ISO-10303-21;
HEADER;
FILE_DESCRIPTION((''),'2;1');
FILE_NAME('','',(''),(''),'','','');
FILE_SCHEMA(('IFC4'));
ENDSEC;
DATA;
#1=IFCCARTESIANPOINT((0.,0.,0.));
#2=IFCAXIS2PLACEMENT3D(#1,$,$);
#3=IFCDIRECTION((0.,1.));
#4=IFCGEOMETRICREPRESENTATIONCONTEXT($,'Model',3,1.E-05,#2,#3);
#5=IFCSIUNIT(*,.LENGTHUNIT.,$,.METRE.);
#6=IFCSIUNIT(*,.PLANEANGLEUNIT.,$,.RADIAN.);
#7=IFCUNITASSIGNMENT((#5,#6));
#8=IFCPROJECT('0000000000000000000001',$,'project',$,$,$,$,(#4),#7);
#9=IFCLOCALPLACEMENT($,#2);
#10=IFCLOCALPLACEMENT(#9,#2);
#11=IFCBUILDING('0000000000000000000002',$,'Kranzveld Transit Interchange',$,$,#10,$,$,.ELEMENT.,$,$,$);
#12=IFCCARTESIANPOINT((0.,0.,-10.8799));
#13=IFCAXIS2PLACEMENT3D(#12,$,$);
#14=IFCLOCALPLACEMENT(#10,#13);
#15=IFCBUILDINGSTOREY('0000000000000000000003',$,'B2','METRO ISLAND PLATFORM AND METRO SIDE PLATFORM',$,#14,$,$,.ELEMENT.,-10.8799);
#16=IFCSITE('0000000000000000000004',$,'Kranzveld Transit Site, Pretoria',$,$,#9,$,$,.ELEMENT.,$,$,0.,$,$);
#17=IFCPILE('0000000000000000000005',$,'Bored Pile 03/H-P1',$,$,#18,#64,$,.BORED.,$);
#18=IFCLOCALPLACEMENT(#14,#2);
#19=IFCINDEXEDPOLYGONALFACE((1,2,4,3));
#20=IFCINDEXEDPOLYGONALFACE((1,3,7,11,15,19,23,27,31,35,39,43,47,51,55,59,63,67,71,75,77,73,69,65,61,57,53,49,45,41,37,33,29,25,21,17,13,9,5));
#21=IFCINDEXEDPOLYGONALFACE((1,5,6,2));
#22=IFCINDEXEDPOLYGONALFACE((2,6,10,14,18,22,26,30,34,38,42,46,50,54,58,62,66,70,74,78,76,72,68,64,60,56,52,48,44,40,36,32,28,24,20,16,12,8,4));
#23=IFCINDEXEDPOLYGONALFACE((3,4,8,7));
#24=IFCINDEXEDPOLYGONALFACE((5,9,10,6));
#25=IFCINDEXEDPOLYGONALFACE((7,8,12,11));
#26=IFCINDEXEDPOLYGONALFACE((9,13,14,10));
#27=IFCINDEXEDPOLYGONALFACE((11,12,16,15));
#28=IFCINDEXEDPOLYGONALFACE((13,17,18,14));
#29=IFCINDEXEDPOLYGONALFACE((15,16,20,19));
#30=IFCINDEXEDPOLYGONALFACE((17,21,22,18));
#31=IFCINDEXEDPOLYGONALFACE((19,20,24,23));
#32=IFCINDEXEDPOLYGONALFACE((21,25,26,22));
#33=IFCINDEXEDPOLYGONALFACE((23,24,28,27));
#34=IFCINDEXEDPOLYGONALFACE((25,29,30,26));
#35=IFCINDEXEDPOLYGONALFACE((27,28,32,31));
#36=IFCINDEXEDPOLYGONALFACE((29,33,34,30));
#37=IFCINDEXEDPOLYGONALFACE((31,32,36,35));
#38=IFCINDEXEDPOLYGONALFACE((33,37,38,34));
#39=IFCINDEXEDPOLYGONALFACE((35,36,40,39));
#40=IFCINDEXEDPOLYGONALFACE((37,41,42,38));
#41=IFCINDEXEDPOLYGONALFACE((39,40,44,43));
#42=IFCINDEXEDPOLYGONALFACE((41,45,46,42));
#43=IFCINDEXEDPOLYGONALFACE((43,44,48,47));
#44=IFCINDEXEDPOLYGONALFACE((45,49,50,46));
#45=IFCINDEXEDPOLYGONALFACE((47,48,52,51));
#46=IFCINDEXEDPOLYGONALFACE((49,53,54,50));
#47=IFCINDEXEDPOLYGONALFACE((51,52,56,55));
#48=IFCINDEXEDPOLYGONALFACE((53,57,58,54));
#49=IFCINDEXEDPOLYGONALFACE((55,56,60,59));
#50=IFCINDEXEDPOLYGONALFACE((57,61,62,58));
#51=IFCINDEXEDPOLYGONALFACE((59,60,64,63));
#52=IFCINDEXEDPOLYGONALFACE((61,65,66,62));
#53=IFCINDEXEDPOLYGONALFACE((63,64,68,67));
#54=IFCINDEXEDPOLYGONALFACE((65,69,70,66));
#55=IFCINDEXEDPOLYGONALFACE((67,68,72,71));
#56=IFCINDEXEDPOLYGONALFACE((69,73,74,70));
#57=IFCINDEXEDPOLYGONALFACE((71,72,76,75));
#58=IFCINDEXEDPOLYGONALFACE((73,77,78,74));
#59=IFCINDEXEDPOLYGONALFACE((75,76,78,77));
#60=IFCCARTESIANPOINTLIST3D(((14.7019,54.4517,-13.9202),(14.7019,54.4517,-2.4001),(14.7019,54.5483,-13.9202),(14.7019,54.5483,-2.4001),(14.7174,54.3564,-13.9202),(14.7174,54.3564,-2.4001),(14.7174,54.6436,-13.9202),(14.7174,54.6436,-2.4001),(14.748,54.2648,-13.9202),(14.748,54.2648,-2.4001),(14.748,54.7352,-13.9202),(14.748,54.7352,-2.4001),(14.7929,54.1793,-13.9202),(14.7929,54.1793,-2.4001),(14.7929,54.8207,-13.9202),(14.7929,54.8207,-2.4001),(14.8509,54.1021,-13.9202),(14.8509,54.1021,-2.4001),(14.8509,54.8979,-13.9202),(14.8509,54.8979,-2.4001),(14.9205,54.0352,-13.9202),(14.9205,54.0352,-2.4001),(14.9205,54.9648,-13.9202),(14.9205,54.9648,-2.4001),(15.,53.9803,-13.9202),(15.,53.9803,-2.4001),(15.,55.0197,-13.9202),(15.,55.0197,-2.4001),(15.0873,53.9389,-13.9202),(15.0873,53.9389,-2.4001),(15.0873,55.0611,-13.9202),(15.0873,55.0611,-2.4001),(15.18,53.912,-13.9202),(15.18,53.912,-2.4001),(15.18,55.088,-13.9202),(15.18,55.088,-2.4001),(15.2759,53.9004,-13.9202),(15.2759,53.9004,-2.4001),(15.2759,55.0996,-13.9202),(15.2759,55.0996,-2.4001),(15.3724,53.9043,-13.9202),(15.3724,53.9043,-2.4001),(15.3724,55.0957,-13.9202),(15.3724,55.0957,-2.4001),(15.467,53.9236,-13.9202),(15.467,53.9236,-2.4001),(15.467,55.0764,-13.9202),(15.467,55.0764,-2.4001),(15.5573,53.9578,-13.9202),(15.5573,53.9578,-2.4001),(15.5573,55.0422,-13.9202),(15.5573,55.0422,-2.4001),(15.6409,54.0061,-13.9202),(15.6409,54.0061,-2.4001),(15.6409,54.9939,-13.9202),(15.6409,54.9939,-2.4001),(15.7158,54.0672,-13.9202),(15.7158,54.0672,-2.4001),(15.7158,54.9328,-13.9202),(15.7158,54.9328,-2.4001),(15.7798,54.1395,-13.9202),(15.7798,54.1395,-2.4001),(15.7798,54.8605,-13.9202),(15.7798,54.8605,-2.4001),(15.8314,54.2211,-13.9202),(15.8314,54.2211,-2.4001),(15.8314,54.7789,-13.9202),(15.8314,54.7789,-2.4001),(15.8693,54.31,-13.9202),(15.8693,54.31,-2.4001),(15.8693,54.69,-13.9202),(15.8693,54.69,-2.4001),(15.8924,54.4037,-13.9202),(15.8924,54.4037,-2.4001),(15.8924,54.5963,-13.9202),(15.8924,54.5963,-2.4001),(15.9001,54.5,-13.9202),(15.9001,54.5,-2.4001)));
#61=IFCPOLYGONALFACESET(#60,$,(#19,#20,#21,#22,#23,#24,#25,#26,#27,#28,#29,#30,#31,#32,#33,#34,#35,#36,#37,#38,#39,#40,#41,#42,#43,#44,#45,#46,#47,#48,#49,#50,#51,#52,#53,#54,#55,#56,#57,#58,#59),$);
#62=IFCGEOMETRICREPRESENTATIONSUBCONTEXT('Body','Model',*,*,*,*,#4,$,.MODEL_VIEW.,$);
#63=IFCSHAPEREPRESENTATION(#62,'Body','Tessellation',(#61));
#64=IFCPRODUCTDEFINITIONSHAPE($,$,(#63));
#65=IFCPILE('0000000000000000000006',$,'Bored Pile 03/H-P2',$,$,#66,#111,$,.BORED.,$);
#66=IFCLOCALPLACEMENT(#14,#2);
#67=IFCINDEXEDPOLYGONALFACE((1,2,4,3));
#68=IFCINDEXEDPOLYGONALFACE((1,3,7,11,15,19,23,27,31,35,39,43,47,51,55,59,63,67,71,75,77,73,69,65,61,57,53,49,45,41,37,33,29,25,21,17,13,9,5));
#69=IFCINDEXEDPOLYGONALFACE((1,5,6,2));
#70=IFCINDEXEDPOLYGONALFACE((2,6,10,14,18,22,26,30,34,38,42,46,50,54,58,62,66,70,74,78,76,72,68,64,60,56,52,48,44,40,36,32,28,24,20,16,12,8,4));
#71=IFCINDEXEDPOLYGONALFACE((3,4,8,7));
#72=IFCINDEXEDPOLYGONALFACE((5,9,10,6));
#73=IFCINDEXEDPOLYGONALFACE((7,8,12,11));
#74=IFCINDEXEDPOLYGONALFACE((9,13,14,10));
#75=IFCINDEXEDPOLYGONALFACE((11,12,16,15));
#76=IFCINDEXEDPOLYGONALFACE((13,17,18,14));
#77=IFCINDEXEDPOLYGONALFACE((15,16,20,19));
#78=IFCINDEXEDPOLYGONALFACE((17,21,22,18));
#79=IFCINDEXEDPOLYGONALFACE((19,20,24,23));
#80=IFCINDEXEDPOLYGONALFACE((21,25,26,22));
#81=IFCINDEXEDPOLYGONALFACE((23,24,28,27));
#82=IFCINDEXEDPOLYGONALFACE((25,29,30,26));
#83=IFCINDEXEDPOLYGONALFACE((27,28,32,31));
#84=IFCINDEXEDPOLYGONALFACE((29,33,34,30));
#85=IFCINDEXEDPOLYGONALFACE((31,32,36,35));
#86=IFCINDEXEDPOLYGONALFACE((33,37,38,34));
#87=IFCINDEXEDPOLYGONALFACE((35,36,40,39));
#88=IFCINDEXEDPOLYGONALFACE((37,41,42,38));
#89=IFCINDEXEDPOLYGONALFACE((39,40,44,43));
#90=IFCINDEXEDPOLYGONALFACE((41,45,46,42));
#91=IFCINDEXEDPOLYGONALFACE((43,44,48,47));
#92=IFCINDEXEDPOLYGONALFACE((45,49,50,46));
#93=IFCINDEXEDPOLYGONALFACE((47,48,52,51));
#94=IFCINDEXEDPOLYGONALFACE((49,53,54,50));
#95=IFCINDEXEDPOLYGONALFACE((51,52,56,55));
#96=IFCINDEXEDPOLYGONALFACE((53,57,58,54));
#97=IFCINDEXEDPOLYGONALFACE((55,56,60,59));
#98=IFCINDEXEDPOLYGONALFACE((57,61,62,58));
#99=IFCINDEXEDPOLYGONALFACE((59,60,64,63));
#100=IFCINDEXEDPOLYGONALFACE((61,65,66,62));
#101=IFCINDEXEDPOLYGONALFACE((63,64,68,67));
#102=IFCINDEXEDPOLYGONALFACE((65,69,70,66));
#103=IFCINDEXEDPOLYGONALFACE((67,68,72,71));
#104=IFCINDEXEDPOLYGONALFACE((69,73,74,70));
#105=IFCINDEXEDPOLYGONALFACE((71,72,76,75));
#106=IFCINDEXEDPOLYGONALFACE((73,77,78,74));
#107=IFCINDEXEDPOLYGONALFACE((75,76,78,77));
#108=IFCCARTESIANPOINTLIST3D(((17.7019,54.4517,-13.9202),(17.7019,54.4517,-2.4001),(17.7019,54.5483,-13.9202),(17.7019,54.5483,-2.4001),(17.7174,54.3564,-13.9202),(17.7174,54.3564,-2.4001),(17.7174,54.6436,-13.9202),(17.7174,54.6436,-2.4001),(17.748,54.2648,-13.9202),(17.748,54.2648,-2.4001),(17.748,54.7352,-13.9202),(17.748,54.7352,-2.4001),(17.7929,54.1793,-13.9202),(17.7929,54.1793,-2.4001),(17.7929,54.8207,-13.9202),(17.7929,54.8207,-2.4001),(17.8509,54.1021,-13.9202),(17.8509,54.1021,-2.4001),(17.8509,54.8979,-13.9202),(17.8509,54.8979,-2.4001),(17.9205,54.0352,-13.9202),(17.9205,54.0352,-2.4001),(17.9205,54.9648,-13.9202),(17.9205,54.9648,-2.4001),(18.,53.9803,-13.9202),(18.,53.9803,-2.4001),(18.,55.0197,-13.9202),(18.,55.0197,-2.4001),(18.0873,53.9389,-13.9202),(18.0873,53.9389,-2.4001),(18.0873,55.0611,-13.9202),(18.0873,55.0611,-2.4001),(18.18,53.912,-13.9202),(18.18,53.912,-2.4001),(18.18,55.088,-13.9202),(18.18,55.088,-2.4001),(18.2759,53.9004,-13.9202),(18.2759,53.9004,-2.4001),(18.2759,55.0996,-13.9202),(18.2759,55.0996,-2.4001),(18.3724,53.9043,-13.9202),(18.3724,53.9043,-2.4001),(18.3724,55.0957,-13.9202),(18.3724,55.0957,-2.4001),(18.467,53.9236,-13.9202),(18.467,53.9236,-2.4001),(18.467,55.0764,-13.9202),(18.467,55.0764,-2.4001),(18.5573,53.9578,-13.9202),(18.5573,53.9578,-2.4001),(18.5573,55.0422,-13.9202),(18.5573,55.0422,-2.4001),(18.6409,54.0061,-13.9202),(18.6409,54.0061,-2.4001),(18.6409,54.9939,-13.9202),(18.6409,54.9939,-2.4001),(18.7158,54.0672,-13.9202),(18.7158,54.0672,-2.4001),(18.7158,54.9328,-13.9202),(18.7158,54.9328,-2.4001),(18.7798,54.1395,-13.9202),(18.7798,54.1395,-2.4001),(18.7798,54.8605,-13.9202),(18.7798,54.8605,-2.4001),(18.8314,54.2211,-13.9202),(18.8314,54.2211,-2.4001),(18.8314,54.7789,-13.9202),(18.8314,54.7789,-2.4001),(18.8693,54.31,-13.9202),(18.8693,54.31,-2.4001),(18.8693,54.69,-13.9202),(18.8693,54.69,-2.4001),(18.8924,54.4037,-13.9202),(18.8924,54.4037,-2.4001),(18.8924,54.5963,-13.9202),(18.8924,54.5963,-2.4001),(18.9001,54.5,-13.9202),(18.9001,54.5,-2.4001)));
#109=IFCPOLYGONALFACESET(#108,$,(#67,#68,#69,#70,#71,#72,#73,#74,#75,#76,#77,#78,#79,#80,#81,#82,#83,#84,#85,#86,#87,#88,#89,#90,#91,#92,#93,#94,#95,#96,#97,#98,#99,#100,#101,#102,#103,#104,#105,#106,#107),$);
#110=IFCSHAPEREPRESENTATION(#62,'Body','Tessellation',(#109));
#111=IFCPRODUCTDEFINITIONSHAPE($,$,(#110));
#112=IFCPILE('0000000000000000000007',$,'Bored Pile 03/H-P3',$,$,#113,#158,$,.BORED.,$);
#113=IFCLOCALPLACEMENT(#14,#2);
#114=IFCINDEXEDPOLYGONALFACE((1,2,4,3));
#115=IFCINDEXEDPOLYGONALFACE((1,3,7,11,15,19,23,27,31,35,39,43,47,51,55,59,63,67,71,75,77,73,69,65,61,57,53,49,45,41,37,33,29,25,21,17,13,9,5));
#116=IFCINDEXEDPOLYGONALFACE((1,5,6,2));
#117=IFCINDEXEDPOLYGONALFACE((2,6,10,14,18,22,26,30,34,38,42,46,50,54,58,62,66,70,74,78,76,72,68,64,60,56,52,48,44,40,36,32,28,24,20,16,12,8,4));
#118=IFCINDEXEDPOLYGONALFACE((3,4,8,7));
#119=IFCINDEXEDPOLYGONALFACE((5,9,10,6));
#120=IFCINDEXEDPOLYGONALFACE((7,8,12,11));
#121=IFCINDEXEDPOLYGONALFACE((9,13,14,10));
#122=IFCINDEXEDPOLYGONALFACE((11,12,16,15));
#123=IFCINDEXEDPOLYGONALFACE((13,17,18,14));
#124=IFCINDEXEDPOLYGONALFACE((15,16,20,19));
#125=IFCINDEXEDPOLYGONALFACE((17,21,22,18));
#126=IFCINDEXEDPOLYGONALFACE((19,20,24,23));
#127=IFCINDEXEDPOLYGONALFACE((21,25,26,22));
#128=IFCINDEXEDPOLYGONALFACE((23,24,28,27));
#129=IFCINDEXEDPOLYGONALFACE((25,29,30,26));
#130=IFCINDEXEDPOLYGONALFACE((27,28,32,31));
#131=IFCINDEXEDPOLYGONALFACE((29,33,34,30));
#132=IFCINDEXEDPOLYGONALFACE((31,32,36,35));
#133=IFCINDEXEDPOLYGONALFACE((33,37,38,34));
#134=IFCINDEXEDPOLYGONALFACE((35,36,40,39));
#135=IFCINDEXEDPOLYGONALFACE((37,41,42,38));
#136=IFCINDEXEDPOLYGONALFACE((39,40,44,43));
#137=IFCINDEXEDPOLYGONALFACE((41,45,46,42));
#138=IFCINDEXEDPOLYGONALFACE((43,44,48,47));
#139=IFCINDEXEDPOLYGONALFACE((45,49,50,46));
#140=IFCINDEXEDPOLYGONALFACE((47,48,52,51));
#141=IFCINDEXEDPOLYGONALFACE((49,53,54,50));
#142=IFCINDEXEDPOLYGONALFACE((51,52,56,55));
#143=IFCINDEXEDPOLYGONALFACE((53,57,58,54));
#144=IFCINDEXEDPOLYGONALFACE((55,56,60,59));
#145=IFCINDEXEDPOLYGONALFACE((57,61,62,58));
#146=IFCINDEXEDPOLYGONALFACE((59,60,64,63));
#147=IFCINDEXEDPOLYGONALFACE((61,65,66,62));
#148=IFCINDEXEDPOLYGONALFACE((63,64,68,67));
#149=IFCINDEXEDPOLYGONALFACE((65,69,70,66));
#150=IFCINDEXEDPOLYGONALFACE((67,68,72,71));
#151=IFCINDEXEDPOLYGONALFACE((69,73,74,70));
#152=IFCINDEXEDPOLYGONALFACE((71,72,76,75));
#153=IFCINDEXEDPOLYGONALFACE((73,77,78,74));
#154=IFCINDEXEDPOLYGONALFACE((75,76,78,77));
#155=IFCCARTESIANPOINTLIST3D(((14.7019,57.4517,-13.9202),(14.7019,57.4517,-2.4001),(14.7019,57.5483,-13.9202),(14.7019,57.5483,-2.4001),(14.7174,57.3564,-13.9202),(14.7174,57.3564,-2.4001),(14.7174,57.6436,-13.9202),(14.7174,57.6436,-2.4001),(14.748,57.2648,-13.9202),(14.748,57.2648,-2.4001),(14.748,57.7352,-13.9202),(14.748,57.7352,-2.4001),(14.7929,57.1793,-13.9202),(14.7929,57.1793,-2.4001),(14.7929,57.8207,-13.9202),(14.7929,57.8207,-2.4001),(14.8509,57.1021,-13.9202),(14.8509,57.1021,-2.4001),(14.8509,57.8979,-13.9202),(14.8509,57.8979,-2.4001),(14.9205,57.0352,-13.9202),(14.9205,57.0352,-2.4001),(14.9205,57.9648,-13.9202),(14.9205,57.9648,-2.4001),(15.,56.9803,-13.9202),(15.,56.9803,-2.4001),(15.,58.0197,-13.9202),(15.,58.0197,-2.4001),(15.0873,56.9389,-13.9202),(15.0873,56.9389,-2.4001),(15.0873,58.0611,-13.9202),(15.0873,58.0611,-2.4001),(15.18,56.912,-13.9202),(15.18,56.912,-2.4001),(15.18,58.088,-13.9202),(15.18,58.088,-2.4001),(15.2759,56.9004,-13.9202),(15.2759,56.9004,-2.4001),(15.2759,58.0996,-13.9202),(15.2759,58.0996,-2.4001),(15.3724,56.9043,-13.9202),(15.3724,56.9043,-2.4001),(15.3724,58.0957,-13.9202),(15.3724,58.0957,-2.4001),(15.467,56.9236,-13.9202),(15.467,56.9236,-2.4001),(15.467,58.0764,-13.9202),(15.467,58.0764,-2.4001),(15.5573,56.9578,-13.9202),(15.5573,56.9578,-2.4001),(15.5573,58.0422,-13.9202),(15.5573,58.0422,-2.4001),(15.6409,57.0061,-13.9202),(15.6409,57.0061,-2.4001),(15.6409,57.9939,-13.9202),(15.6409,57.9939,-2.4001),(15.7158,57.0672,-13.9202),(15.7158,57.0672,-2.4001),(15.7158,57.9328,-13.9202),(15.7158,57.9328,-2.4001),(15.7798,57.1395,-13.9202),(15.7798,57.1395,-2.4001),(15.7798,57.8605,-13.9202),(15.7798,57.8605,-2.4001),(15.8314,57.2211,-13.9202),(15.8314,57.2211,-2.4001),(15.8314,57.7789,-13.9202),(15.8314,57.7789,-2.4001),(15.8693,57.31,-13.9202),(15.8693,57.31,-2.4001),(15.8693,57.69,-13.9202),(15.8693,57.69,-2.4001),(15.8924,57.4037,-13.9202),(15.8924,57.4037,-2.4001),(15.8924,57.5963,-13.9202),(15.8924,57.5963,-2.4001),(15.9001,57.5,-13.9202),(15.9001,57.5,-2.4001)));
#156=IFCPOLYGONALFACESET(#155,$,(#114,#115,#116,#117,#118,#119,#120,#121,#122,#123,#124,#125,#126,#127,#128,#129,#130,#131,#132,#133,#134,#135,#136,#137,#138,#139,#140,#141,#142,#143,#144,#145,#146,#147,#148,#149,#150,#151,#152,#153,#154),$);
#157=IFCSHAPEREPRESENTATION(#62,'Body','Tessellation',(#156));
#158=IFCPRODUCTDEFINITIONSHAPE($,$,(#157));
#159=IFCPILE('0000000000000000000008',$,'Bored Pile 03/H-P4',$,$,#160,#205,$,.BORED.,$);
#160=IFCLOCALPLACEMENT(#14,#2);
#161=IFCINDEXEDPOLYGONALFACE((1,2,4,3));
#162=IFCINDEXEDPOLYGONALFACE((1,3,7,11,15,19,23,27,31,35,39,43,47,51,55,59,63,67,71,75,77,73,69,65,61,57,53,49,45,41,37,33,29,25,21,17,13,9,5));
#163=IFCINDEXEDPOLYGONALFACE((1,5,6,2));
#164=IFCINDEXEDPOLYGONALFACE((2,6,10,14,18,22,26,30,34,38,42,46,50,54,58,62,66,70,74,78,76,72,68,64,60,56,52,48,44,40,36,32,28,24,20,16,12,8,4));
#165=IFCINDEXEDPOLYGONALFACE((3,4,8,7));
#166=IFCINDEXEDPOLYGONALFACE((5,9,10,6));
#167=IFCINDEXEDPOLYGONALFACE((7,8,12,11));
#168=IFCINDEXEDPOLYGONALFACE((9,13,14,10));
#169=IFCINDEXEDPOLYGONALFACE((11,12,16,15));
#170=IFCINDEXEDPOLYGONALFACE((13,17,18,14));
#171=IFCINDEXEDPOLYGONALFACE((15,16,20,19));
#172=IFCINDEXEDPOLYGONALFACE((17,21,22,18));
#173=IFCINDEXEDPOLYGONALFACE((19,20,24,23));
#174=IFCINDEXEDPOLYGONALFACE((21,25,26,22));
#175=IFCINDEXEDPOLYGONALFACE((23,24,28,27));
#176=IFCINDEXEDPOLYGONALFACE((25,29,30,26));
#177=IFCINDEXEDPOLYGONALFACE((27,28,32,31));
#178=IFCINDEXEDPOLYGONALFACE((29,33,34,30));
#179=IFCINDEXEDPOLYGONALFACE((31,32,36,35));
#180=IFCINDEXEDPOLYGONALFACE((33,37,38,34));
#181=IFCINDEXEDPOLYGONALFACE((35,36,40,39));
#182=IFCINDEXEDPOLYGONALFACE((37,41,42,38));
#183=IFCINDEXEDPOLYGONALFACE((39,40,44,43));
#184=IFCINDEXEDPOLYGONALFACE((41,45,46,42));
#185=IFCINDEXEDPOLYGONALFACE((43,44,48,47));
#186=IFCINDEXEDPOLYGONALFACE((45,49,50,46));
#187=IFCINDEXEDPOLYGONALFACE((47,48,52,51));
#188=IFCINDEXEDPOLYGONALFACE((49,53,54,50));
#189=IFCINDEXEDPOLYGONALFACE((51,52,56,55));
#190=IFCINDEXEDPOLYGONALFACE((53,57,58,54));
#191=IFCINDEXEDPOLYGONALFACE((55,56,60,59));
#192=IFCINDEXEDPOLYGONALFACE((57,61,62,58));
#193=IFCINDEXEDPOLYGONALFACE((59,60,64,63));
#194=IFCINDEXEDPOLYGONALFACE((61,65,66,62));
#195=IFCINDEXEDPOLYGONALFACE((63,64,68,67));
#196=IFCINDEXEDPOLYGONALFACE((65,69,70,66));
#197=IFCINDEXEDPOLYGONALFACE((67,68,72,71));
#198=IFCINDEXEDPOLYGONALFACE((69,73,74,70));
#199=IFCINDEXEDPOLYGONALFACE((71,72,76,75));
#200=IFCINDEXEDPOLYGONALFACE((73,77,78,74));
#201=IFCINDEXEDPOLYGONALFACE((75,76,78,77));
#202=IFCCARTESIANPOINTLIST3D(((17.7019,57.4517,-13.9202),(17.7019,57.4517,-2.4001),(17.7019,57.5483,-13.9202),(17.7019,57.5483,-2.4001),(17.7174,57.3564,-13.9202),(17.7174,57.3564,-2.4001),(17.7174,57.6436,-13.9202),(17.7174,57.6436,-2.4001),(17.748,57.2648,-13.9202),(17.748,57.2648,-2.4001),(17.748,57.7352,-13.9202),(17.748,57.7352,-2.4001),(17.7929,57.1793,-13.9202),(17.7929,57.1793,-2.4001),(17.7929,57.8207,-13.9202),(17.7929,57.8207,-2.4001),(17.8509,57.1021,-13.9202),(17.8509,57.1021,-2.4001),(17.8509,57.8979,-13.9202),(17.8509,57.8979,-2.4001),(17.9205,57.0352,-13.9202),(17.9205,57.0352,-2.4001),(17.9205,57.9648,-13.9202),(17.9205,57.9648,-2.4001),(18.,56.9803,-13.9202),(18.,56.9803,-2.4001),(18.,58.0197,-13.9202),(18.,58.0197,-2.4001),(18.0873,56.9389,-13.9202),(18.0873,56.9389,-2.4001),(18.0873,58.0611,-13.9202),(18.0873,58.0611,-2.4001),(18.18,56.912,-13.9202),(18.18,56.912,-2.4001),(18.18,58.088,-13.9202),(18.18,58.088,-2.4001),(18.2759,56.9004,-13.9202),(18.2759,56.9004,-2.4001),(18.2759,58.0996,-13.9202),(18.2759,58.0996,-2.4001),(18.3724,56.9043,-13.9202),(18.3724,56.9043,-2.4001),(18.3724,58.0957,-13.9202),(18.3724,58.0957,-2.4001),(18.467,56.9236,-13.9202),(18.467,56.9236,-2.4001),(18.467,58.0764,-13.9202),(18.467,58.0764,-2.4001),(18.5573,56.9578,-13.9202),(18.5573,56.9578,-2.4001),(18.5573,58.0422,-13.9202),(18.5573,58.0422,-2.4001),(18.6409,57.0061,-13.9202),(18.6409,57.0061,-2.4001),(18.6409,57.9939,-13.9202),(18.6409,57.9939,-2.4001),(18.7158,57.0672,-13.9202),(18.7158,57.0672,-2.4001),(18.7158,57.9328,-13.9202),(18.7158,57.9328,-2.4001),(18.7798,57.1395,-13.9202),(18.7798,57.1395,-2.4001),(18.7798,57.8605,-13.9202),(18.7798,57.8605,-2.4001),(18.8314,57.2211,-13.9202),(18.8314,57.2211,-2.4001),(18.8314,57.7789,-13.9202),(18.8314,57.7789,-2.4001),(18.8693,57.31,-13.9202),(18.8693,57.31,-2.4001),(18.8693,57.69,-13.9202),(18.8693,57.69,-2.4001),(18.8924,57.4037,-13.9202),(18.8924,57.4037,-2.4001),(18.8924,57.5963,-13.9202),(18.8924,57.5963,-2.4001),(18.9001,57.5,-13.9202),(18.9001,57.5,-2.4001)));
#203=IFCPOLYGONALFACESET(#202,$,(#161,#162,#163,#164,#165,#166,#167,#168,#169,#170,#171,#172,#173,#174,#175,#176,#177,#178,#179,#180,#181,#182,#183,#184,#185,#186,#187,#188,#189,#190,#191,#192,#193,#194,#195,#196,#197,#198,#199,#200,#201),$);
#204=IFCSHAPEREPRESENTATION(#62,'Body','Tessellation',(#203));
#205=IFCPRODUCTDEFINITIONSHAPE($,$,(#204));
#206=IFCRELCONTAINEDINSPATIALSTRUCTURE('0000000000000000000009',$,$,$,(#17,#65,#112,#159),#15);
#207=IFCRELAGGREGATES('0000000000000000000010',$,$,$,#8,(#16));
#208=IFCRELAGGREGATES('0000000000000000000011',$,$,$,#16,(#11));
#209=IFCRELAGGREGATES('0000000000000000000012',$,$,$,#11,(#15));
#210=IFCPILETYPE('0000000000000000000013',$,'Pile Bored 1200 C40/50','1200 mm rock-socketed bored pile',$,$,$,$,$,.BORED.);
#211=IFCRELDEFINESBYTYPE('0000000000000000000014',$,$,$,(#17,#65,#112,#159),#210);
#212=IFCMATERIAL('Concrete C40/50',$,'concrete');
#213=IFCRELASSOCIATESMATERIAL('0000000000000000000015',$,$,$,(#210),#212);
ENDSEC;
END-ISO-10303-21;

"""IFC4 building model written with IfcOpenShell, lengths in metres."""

from ifc_helpers import new_model, si_unit, direction, frame, origin, origin_2d, place, context, subcontext, project, spatial, circle, extrude, material, material_profile, profile_set, type_object, element, save


model = new_model("IFC4")

# Units and contexts
model_context = context("Model", 3, precision=1e-05, world=origin(), true_north=direction((0.0, 1.0)))
body_context = subcontext(model_context, "Body", "Model", "MODEL_VIEW")
ifc_project = project(units=[si_unit("LENGTHUNIT", "METRE"), si_unit("PLANEANGLEUNIT", "RADIAN")], contexts=[model_context])

# Site, building, storey
site_placement = place(None, origin())
site = spatial("IfcSite", under=ifc_project, at=site_placement, Name="Kranzveld Transit Site, Pretoria", CompositionType="ELEMENT", RefElevation=0.0)
building_placement = place(site_placement, origin())
building = spatial("IfcBuilding", under=site, at=building_placement, Name="Kranzveld Transit Interchange", CompositionType="ELEMENT")
storey_placement = place(building_placement, frame((0.0, 0.0, -10.8799)))
storey = spatial("IfcBuildingStorey", under=building, at=storey_placement, Name="B2", Description="METRO ISLAND PLATFORM AND METRO SIDE PLATFORM", CompositionType="ELEMENT", Elevation=-10.8799)

# Piles
ifc_material_1 = material(Name="Concrete C40/50", Category="concrete")
ifc_material_profile_1 = material_profile(ifc_material_1, circle(Radius=0.6001, at=origin_2d()), Name="BORED PILE 1200")
ifc_profile_set_1 = profile_set([ifc_material_profile_1], Name="Concrete C40/50")
pile_type = type_object("IfcPileType", Name="Pile Bored 1200 C40/50", Description="1200 mm rock-socketed bored pile", PredefinedType="BORED", material=ifc_profile_set_1)
for number, where, z_axis, x_axis, name in (
    (1, (15.3, 54.5, -2.4001), (0.0, 0.0, -1.0), (1.0, 0.0, 0.0), "Bored Pile 03/H-P1"),
    (2, (18.3, 54.5, -2.4001), (0.0, 0.0, -1.0), (1.0, 0.0, 0.0), "Bored Pile 03/H-P2"),
    (3, (15.3, 57.5, -2.4001), (0.0, 0.0, -1.0), (1.0, 0.0, 0.0), "Bored Pile 03/H-P3"),
    (4, (18.3, 57.5, -2.4001), (0.0, 0.0, -1.0), (1.0, 0.0, 0.0), "Bored Pile 03/H-P4"),
):
    element("IfcPile", number, at=place(storey_placement, frame(where, z_axis=z_axis, x_axis=x_axis)), inside=storey, type_object=pile_type, Name=name, PredefinedType="BORED", context=body_context, shape_type="SweptSolid", body=[
        extrude(circle(Radius=0.6001, at=origin_2d()), origin(), (0.0, 0.0, 1.0), 11.52),
    ])

save(model, "model.ifc")
